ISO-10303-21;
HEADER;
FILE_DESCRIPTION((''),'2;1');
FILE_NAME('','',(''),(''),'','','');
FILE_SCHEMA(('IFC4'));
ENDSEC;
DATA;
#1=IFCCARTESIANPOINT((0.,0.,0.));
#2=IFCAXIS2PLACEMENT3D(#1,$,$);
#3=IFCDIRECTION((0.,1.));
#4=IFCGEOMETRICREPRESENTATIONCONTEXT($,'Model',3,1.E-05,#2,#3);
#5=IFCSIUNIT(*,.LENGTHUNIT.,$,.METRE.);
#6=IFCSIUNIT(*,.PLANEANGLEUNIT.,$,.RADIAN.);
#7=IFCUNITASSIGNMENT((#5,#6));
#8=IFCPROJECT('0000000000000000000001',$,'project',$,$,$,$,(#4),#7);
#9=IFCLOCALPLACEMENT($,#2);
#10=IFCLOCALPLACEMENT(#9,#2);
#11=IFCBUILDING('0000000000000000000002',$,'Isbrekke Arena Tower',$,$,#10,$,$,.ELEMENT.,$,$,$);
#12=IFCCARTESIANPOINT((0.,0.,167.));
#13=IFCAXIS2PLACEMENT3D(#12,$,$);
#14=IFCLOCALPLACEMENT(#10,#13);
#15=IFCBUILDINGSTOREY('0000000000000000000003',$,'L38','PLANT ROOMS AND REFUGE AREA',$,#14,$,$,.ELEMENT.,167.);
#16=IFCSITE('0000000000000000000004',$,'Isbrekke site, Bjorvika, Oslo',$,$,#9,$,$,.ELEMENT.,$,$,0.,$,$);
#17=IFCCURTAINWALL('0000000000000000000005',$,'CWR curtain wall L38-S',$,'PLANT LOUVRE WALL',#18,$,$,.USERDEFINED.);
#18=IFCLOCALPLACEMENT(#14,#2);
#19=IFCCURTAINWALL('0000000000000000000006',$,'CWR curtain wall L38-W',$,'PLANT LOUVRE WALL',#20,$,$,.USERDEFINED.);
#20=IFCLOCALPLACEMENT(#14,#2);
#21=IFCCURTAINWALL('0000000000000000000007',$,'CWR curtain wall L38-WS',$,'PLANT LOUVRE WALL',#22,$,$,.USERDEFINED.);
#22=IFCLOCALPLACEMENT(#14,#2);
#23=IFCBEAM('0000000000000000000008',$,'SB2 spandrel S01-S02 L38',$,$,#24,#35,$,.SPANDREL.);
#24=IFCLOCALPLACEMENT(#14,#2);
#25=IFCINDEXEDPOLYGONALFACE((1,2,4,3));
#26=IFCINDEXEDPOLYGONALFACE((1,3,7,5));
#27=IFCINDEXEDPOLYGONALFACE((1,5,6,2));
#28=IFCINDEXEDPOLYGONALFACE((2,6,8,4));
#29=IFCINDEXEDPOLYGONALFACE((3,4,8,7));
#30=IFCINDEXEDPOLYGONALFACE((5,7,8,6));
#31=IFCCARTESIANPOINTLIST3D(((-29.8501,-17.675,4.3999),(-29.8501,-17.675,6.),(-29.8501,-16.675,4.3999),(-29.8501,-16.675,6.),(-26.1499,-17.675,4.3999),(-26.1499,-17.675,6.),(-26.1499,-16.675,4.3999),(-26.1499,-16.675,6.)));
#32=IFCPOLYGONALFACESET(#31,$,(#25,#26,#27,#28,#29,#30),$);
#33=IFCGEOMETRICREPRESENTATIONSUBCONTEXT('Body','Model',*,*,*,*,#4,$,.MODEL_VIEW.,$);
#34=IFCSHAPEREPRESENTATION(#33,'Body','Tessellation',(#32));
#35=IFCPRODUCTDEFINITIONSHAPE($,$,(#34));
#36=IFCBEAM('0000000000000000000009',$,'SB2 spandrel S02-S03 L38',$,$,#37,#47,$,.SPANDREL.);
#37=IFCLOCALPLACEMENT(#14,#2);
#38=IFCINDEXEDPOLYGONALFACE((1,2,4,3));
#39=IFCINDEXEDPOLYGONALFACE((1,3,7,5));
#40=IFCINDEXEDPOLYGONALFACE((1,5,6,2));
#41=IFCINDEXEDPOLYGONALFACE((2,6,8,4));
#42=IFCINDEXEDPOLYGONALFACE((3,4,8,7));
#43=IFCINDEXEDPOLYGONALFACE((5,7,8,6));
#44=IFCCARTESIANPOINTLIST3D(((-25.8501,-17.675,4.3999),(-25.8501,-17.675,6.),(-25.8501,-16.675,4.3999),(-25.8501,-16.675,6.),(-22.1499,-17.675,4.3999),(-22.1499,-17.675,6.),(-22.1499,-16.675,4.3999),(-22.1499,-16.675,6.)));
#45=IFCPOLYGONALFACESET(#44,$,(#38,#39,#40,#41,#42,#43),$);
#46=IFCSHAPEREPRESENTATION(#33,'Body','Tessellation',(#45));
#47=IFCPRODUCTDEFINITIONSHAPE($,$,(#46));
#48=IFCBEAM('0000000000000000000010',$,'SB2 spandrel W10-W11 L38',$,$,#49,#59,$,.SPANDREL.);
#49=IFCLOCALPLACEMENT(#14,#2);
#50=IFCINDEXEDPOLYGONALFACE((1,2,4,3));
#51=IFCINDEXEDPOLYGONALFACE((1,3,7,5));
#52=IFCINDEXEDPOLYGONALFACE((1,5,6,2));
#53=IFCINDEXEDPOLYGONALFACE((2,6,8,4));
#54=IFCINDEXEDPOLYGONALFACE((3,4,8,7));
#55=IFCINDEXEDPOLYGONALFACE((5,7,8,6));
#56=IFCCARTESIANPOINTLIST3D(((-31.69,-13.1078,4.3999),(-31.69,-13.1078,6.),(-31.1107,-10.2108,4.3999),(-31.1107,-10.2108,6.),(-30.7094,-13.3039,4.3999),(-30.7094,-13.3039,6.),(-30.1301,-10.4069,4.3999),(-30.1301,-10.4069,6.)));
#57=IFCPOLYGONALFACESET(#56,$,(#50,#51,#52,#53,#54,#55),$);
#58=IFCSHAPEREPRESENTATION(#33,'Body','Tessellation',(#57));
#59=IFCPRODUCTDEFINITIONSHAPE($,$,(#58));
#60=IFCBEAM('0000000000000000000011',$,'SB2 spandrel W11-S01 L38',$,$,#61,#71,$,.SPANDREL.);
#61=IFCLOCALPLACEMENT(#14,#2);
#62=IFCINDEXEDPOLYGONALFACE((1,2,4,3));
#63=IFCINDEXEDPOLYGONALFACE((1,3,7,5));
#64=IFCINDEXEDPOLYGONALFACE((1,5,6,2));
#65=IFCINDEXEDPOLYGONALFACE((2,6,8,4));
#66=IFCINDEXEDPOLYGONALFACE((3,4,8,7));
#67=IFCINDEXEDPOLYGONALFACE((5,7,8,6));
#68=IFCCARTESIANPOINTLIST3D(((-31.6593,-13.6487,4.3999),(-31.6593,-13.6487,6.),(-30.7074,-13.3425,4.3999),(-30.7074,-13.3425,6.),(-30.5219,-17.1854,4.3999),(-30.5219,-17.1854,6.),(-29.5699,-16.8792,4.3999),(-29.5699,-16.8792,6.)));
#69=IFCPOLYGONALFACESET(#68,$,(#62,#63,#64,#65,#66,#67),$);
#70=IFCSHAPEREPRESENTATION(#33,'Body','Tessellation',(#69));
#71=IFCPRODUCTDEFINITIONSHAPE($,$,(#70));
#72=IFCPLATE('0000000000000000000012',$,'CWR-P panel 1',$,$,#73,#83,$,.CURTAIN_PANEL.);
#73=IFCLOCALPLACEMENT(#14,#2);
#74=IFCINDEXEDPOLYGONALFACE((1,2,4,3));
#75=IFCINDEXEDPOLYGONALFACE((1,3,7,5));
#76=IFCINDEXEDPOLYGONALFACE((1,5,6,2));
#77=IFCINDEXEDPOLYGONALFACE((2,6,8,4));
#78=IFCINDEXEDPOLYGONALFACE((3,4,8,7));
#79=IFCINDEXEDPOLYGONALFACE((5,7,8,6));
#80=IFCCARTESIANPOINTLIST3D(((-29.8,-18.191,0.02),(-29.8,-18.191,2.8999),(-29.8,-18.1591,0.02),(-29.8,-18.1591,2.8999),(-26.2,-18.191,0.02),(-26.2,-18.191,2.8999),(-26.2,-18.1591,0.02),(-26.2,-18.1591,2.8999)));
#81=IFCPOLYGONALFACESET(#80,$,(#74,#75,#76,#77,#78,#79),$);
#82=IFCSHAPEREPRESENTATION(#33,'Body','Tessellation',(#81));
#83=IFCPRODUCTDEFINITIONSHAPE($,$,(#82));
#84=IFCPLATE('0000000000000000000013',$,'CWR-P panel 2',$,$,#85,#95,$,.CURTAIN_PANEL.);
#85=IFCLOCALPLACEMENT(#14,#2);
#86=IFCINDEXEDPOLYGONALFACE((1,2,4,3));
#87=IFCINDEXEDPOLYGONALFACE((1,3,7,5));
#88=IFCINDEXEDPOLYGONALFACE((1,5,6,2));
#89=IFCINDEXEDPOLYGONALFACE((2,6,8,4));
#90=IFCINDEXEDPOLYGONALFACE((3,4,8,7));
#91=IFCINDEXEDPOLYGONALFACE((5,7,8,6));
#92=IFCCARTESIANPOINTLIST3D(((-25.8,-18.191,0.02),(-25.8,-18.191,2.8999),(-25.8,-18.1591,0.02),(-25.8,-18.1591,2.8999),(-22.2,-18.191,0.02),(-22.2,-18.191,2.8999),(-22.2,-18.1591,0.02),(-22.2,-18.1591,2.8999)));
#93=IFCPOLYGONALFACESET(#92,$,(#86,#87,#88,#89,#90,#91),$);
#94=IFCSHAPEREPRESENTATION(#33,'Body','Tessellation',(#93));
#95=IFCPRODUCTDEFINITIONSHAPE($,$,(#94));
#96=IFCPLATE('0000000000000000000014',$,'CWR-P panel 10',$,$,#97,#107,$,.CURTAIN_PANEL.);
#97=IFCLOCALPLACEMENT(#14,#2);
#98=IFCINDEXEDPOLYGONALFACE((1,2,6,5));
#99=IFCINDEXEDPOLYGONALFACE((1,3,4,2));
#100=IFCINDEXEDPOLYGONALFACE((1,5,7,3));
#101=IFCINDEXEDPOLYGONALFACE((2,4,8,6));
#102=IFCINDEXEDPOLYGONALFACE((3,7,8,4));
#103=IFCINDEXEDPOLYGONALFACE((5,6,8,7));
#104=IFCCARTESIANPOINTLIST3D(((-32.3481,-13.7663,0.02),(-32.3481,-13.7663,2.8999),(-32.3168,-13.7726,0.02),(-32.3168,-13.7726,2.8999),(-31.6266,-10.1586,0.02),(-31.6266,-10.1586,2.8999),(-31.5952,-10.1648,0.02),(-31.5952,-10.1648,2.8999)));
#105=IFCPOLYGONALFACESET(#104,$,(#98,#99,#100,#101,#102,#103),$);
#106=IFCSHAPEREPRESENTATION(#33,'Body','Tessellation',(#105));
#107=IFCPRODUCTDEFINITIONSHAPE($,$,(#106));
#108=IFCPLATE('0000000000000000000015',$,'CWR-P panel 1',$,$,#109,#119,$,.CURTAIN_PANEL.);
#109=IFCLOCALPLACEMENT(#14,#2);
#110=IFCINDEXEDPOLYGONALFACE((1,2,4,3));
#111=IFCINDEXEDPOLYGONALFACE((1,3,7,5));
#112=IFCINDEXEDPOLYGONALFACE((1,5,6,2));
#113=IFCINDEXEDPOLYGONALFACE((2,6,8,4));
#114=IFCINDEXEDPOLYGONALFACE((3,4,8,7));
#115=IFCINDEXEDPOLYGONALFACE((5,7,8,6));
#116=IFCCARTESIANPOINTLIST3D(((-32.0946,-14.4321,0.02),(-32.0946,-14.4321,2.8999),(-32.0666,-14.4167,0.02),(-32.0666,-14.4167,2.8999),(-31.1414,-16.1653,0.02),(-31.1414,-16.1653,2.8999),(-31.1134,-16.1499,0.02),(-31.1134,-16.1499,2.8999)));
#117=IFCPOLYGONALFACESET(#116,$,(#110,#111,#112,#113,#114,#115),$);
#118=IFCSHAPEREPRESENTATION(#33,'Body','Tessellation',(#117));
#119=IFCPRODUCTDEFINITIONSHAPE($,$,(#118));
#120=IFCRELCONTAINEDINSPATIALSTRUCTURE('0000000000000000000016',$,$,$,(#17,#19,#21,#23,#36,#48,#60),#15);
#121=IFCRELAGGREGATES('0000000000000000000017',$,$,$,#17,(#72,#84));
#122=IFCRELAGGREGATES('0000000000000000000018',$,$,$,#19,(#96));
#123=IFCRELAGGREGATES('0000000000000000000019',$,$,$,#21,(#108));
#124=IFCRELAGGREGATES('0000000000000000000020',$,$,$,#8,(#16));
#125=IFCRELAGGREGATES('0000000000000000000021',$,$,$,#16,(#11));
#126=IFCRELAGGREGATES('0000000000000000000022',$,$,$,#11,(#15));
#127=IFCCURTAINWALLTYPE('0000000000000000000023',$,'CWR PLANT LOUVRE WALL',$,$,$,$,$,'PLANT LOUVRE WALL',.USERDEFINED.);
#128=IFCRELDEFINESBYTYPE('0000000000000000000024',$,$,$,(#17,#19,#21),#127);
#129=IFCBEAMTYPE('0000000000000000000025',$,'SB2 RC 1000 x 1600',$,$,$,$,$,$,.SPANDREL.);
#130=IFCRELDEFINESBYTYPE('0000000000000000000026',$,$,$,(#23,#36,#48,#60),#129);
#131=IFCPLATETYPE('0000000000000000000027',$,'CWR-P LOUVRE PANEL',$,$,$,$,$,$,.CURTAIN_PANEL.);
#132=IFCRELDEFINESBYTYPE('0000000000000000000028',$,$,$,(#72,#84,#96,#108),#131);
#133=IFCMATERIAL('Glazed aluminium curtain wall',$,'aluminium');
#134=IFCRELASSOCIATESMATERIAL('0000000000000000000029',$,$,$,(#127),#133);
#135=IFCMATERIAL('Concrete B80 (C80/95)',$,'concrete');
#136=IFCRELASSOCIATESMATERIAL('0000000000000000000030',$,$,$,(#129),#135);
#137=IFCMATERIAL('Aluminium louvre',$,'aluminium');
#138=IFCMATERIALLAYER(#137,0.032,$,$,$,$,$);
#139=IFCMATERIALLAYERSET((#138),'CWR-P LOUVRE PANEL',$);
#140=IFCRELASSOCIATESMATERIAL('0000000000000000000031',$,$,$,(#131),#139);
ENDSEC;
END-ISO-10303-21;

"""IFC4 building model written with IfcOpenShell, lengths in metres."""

from ifc_helpers import new_model, si_unit, direction, frame, origin, origin_2d, place, context, subcontext, project, spatial, rectangle, extrude, material, layer, layer_set, material_profile, profile_set, type_object, element, aggregate, save


model = new_model("IFC4")

# Units and contexts
model_context = context("Model", 3, precision=1e-05, world=origin(), true_north=direction((0.0, 1.0)))
body_context = subcontext(model_context, "Body", "Model", "MODEL_VIEW")
ifc_project = project(units=[si_unit("LENGTHUNIT", "METRE"), si_unit("PLANEANGLEUNIT", "RADIAN")], contexts=[model_context])

# Site, building, storey
site_placement = place(None, origin())
site = spatial("IfcSite", under=ifc_project, at=site_placement, Name="Isbrekke site, Bjorvika, Oslo", CompositionType="ELEMENT", RefElevation=0.0)
building_placement = place(site_placement, origin())
building = spatial("IfcBuilding", under=site, at=building_placement, Name="Isbrekke Arena Tower", CompositionType="ELEMENT")
storey_placement = place(building_placement, frame((0.0, 0.0, 167.0)))
storey = spatial("IfcBuildingStorey", under=building, at=storey_placement, Name="L38", Description="PLANT ROOMS AND REFUGE AREA", CompositionType="ELEMENT", Elevation=167.0)

# Curtain wall
ifc_material_1 = material(Name="Glazed aluminium curtain wall", Category="aluminium")
curtain_wall_type = type_object("IfcCurtainWallType", Name="CWR PLANT LOUVRE WALL", ElementType="PLANT LOUVRE WALL", PredefinedType="USERDEFINED", material=ifc_material_1)
curtain_wall_1_placement = place(storey_placement, origin())
curtain_wall_1 = element("IfcCurtainWall", 1, at=curtain_wall_1_placement, inside=storey, type_object=curtain_wall_type, Name="CWR curtain wall L38-S", ObjectType="PLANT LOUVRE WALL", PredefinedType="USERDEFINED")

# Curtain wall
curtain_wall_2_placement = place(storey_placement, origin())
curtain_wall_2 = element("IfcCurtainWall", 2, at=curtain_wall_2_placement, inside=storey, type_object=curtain_wall_type, Name="CWR curtain wall L38-W", ObjectType="PLANT LOUVRE WALL", PredefinedType="USERDEFINED")

# Curtain wall
curtain_wall_3_placement = place(storey_placement, origin())
curtain_wall_3 = element("IfcCurtainWall", 3, at=curtain_wall_3_placement, inside=storey, type_object=curtain_wall_type, Name="CWR curtain wall L38-WS", ObjectType="PLANT LOUVRE WALL", PredefinedType="USERDEFINED")

# Beams
ifc_material_2 = material(Name="Concrete B80 (C80/95)", Category="concrete")
ifc_material_profile_1 = material_profile(ifc_material_2, rectangle(XDim=1.0, YDim=1.6001, at=origin_2d()), Name="RC 1000x1600")
ifc_profile_set_1 = profile_set([ifc_material_profile_1], Name="Concrete B80 (C80/95)")
beam_type_1 = type_object("IfcBeamType", Name="SB2 RC 1000 x 1600", PredefinedType="SPANDREL", material=ifc_profile_set_1)
for number, where, z_axis, x_axis, name in (
    (4, (-29.8501, -17.175, 5.2), (1.0, 0.0, 0.0), (0.0, 1.0, 0.0), "SB2 spandrel S01-S02 L38"),
    (5, (-25.8501, -17.175, 5.2), (1.0, 0.0, 0.0), (0.0, 1.0, 0.0), "SB2 spandrel S02-S03 L38"),
):
    element("IfcBeam", number, at=place(storey_placement, frame(where, z_axis=z_axis, x_axis=x_axis)), inside=storey, type_object=beam_type_1, Name=name, PredefinedType="SPANDREL", context=body_context, shape_type="SweptSolid", body=[
        extrude(rectangle(XDim=1.0, YDim=1.6001, at=origin_2d()), origin(), (0.0, 0.0, 1.0), 3.7002),
    ])
beam_1_placement = place(storey_placement, frame((-30.6204, -10.3088, 5.2), z_axis=(-0.1961, -0.980584, 0.0), x_axis=(0.980584, -0.1961, 0.0)))
element("IfcBeam", 6, at=beam_1_placement, inside=storey, type_object=beam_type_1, Name="SB2 spandrel W10-W11 L38", PredefinedType="SPANDREL", context=body_context, shape_type="SweptSolid", body=[
    extrude(rectangle(XDim=1.0, YDim=1.6001, at=origin_2d()), origin(), (0.0, 0.0, 1.0), 2.9543),
])
beam_2_placement = place(storey_placement, frame((-31.1833, -13.4956, 5.2), z_axis=(0.306175, -0.951975, 0.0), x_axis=(0.951975, 0.306175, 0.0)))
element("IfcBeam", 7, at=beam_2_placement, inside=storey, type_object=beam_type_1, Name="SB2 spandrel W11-S01 L38", PredefinedType="SPANDREL", context=body_context, shape_type="SweptSolid", body=[
    extrude(rectangle(XDim=1.0, YDim=1.6001, at=origin_2d()), origin(), (0.0, 0.0, 1.0), 3.7151),
])

# Plates
ifc_material_3 = material(Name="Aluminium louvre", Category="aluminium")
ifc_layer = layer(ifc_material_3, 0.032)
ifc_layer_set = layer_set([ifc_layer], Name="CWR-P LOUVRE PANEL")
plate_type = type_object("IfcPlateType", Name="CWR-P LOUVRE PANEL", PredefinedType="CURTAIN_PANEL", material=ifc_layer_set)
plate_1_placement = place(storey_placement, frame((-28.0, -18.175, 0.02), z_axis=(0.0, 0.0, 1.0), x_axis=(1.0, 0.0, 0.0)))
plate_1 = element("IfcPlate", 8, at=plate_1_placement, type_object=plate_type, Name="CWR-P panel 1", PredefinedType="CURTAIN_PANEL", context=body_context, shape_type="SweptSolid", body=[
    extrude(rectangle(XDim=3.6001, YDim=0.032, at=origin_2d()), origin(), (0.0, 0.0, 1.0), 2.8799),
])
plate_2_placement = place(storey_placement, frame((-24.0, -18.175, 0.02), z_axis=(0.0, 0.0, 1.0), x_axis=(1.0, 0.0, 0.0)))
plate_2 = element("IfcPlate", 9, at=plate_2_placement, type_object=plate_type, Name="CWR-P panel 2", PredefinedType="CURTAIN_PANEL", context=body_context, shape_type="SweptSolid", body=[
    extrude(rectangle(XDim=3.6001, YDim=0.032, at=origin_2d()), origin(), (0.0, 0.0, 1.0), 2.8799),
])
aggregate(curtain_wall_1, [plate_1, plate_2])
plate_3_placement = place(storey_placement, frame((-31.9717, -11.9656, 0.02), z_axis=(0.0, 0.0, 1.0), x_axis=(-0.196116, -0.980581, 0.0)))
plate_3 = element("IfcPlate", 10, at=plate_3_placement, type_object=plate_type, Name="CWR-P panel 10", PredefinedType="CURTAIN_PANEL", context=body_context, shape_type="SweptSolid", body=[
    extrude(rectangle(XDim=3.6792, YDim=0.032, at=origin_2d()), origin(), (0.0, 0.0, 1.0), 2.8799),
])
aggregate(curtain_wall_2, [plate_3])
plate_4_placement = place(storey_placement, frame((-31.604, -15.291, 0.02), z_axis=(0.0, 0.0, 1.0), x_axis=(0.481919, -0.876216, 0.0)))
plate_4 = element("IfcPlate", 11, at=plate_4_placement, type_object=plate_type, Name="CWR-P panel 1", PredefinedType="CURTAIN_PANEL", context=body_context, shape_type="SweptSolid", body=[
    extrude(rectangle(XDim=1.978, YDim=0.032, at=origin_2d()), origin(), (0.0, 0.0, 1.0), 2.8799),
])
aggregate(curtain_wall_3, [plate_4])

save(model, "model.ifc")
